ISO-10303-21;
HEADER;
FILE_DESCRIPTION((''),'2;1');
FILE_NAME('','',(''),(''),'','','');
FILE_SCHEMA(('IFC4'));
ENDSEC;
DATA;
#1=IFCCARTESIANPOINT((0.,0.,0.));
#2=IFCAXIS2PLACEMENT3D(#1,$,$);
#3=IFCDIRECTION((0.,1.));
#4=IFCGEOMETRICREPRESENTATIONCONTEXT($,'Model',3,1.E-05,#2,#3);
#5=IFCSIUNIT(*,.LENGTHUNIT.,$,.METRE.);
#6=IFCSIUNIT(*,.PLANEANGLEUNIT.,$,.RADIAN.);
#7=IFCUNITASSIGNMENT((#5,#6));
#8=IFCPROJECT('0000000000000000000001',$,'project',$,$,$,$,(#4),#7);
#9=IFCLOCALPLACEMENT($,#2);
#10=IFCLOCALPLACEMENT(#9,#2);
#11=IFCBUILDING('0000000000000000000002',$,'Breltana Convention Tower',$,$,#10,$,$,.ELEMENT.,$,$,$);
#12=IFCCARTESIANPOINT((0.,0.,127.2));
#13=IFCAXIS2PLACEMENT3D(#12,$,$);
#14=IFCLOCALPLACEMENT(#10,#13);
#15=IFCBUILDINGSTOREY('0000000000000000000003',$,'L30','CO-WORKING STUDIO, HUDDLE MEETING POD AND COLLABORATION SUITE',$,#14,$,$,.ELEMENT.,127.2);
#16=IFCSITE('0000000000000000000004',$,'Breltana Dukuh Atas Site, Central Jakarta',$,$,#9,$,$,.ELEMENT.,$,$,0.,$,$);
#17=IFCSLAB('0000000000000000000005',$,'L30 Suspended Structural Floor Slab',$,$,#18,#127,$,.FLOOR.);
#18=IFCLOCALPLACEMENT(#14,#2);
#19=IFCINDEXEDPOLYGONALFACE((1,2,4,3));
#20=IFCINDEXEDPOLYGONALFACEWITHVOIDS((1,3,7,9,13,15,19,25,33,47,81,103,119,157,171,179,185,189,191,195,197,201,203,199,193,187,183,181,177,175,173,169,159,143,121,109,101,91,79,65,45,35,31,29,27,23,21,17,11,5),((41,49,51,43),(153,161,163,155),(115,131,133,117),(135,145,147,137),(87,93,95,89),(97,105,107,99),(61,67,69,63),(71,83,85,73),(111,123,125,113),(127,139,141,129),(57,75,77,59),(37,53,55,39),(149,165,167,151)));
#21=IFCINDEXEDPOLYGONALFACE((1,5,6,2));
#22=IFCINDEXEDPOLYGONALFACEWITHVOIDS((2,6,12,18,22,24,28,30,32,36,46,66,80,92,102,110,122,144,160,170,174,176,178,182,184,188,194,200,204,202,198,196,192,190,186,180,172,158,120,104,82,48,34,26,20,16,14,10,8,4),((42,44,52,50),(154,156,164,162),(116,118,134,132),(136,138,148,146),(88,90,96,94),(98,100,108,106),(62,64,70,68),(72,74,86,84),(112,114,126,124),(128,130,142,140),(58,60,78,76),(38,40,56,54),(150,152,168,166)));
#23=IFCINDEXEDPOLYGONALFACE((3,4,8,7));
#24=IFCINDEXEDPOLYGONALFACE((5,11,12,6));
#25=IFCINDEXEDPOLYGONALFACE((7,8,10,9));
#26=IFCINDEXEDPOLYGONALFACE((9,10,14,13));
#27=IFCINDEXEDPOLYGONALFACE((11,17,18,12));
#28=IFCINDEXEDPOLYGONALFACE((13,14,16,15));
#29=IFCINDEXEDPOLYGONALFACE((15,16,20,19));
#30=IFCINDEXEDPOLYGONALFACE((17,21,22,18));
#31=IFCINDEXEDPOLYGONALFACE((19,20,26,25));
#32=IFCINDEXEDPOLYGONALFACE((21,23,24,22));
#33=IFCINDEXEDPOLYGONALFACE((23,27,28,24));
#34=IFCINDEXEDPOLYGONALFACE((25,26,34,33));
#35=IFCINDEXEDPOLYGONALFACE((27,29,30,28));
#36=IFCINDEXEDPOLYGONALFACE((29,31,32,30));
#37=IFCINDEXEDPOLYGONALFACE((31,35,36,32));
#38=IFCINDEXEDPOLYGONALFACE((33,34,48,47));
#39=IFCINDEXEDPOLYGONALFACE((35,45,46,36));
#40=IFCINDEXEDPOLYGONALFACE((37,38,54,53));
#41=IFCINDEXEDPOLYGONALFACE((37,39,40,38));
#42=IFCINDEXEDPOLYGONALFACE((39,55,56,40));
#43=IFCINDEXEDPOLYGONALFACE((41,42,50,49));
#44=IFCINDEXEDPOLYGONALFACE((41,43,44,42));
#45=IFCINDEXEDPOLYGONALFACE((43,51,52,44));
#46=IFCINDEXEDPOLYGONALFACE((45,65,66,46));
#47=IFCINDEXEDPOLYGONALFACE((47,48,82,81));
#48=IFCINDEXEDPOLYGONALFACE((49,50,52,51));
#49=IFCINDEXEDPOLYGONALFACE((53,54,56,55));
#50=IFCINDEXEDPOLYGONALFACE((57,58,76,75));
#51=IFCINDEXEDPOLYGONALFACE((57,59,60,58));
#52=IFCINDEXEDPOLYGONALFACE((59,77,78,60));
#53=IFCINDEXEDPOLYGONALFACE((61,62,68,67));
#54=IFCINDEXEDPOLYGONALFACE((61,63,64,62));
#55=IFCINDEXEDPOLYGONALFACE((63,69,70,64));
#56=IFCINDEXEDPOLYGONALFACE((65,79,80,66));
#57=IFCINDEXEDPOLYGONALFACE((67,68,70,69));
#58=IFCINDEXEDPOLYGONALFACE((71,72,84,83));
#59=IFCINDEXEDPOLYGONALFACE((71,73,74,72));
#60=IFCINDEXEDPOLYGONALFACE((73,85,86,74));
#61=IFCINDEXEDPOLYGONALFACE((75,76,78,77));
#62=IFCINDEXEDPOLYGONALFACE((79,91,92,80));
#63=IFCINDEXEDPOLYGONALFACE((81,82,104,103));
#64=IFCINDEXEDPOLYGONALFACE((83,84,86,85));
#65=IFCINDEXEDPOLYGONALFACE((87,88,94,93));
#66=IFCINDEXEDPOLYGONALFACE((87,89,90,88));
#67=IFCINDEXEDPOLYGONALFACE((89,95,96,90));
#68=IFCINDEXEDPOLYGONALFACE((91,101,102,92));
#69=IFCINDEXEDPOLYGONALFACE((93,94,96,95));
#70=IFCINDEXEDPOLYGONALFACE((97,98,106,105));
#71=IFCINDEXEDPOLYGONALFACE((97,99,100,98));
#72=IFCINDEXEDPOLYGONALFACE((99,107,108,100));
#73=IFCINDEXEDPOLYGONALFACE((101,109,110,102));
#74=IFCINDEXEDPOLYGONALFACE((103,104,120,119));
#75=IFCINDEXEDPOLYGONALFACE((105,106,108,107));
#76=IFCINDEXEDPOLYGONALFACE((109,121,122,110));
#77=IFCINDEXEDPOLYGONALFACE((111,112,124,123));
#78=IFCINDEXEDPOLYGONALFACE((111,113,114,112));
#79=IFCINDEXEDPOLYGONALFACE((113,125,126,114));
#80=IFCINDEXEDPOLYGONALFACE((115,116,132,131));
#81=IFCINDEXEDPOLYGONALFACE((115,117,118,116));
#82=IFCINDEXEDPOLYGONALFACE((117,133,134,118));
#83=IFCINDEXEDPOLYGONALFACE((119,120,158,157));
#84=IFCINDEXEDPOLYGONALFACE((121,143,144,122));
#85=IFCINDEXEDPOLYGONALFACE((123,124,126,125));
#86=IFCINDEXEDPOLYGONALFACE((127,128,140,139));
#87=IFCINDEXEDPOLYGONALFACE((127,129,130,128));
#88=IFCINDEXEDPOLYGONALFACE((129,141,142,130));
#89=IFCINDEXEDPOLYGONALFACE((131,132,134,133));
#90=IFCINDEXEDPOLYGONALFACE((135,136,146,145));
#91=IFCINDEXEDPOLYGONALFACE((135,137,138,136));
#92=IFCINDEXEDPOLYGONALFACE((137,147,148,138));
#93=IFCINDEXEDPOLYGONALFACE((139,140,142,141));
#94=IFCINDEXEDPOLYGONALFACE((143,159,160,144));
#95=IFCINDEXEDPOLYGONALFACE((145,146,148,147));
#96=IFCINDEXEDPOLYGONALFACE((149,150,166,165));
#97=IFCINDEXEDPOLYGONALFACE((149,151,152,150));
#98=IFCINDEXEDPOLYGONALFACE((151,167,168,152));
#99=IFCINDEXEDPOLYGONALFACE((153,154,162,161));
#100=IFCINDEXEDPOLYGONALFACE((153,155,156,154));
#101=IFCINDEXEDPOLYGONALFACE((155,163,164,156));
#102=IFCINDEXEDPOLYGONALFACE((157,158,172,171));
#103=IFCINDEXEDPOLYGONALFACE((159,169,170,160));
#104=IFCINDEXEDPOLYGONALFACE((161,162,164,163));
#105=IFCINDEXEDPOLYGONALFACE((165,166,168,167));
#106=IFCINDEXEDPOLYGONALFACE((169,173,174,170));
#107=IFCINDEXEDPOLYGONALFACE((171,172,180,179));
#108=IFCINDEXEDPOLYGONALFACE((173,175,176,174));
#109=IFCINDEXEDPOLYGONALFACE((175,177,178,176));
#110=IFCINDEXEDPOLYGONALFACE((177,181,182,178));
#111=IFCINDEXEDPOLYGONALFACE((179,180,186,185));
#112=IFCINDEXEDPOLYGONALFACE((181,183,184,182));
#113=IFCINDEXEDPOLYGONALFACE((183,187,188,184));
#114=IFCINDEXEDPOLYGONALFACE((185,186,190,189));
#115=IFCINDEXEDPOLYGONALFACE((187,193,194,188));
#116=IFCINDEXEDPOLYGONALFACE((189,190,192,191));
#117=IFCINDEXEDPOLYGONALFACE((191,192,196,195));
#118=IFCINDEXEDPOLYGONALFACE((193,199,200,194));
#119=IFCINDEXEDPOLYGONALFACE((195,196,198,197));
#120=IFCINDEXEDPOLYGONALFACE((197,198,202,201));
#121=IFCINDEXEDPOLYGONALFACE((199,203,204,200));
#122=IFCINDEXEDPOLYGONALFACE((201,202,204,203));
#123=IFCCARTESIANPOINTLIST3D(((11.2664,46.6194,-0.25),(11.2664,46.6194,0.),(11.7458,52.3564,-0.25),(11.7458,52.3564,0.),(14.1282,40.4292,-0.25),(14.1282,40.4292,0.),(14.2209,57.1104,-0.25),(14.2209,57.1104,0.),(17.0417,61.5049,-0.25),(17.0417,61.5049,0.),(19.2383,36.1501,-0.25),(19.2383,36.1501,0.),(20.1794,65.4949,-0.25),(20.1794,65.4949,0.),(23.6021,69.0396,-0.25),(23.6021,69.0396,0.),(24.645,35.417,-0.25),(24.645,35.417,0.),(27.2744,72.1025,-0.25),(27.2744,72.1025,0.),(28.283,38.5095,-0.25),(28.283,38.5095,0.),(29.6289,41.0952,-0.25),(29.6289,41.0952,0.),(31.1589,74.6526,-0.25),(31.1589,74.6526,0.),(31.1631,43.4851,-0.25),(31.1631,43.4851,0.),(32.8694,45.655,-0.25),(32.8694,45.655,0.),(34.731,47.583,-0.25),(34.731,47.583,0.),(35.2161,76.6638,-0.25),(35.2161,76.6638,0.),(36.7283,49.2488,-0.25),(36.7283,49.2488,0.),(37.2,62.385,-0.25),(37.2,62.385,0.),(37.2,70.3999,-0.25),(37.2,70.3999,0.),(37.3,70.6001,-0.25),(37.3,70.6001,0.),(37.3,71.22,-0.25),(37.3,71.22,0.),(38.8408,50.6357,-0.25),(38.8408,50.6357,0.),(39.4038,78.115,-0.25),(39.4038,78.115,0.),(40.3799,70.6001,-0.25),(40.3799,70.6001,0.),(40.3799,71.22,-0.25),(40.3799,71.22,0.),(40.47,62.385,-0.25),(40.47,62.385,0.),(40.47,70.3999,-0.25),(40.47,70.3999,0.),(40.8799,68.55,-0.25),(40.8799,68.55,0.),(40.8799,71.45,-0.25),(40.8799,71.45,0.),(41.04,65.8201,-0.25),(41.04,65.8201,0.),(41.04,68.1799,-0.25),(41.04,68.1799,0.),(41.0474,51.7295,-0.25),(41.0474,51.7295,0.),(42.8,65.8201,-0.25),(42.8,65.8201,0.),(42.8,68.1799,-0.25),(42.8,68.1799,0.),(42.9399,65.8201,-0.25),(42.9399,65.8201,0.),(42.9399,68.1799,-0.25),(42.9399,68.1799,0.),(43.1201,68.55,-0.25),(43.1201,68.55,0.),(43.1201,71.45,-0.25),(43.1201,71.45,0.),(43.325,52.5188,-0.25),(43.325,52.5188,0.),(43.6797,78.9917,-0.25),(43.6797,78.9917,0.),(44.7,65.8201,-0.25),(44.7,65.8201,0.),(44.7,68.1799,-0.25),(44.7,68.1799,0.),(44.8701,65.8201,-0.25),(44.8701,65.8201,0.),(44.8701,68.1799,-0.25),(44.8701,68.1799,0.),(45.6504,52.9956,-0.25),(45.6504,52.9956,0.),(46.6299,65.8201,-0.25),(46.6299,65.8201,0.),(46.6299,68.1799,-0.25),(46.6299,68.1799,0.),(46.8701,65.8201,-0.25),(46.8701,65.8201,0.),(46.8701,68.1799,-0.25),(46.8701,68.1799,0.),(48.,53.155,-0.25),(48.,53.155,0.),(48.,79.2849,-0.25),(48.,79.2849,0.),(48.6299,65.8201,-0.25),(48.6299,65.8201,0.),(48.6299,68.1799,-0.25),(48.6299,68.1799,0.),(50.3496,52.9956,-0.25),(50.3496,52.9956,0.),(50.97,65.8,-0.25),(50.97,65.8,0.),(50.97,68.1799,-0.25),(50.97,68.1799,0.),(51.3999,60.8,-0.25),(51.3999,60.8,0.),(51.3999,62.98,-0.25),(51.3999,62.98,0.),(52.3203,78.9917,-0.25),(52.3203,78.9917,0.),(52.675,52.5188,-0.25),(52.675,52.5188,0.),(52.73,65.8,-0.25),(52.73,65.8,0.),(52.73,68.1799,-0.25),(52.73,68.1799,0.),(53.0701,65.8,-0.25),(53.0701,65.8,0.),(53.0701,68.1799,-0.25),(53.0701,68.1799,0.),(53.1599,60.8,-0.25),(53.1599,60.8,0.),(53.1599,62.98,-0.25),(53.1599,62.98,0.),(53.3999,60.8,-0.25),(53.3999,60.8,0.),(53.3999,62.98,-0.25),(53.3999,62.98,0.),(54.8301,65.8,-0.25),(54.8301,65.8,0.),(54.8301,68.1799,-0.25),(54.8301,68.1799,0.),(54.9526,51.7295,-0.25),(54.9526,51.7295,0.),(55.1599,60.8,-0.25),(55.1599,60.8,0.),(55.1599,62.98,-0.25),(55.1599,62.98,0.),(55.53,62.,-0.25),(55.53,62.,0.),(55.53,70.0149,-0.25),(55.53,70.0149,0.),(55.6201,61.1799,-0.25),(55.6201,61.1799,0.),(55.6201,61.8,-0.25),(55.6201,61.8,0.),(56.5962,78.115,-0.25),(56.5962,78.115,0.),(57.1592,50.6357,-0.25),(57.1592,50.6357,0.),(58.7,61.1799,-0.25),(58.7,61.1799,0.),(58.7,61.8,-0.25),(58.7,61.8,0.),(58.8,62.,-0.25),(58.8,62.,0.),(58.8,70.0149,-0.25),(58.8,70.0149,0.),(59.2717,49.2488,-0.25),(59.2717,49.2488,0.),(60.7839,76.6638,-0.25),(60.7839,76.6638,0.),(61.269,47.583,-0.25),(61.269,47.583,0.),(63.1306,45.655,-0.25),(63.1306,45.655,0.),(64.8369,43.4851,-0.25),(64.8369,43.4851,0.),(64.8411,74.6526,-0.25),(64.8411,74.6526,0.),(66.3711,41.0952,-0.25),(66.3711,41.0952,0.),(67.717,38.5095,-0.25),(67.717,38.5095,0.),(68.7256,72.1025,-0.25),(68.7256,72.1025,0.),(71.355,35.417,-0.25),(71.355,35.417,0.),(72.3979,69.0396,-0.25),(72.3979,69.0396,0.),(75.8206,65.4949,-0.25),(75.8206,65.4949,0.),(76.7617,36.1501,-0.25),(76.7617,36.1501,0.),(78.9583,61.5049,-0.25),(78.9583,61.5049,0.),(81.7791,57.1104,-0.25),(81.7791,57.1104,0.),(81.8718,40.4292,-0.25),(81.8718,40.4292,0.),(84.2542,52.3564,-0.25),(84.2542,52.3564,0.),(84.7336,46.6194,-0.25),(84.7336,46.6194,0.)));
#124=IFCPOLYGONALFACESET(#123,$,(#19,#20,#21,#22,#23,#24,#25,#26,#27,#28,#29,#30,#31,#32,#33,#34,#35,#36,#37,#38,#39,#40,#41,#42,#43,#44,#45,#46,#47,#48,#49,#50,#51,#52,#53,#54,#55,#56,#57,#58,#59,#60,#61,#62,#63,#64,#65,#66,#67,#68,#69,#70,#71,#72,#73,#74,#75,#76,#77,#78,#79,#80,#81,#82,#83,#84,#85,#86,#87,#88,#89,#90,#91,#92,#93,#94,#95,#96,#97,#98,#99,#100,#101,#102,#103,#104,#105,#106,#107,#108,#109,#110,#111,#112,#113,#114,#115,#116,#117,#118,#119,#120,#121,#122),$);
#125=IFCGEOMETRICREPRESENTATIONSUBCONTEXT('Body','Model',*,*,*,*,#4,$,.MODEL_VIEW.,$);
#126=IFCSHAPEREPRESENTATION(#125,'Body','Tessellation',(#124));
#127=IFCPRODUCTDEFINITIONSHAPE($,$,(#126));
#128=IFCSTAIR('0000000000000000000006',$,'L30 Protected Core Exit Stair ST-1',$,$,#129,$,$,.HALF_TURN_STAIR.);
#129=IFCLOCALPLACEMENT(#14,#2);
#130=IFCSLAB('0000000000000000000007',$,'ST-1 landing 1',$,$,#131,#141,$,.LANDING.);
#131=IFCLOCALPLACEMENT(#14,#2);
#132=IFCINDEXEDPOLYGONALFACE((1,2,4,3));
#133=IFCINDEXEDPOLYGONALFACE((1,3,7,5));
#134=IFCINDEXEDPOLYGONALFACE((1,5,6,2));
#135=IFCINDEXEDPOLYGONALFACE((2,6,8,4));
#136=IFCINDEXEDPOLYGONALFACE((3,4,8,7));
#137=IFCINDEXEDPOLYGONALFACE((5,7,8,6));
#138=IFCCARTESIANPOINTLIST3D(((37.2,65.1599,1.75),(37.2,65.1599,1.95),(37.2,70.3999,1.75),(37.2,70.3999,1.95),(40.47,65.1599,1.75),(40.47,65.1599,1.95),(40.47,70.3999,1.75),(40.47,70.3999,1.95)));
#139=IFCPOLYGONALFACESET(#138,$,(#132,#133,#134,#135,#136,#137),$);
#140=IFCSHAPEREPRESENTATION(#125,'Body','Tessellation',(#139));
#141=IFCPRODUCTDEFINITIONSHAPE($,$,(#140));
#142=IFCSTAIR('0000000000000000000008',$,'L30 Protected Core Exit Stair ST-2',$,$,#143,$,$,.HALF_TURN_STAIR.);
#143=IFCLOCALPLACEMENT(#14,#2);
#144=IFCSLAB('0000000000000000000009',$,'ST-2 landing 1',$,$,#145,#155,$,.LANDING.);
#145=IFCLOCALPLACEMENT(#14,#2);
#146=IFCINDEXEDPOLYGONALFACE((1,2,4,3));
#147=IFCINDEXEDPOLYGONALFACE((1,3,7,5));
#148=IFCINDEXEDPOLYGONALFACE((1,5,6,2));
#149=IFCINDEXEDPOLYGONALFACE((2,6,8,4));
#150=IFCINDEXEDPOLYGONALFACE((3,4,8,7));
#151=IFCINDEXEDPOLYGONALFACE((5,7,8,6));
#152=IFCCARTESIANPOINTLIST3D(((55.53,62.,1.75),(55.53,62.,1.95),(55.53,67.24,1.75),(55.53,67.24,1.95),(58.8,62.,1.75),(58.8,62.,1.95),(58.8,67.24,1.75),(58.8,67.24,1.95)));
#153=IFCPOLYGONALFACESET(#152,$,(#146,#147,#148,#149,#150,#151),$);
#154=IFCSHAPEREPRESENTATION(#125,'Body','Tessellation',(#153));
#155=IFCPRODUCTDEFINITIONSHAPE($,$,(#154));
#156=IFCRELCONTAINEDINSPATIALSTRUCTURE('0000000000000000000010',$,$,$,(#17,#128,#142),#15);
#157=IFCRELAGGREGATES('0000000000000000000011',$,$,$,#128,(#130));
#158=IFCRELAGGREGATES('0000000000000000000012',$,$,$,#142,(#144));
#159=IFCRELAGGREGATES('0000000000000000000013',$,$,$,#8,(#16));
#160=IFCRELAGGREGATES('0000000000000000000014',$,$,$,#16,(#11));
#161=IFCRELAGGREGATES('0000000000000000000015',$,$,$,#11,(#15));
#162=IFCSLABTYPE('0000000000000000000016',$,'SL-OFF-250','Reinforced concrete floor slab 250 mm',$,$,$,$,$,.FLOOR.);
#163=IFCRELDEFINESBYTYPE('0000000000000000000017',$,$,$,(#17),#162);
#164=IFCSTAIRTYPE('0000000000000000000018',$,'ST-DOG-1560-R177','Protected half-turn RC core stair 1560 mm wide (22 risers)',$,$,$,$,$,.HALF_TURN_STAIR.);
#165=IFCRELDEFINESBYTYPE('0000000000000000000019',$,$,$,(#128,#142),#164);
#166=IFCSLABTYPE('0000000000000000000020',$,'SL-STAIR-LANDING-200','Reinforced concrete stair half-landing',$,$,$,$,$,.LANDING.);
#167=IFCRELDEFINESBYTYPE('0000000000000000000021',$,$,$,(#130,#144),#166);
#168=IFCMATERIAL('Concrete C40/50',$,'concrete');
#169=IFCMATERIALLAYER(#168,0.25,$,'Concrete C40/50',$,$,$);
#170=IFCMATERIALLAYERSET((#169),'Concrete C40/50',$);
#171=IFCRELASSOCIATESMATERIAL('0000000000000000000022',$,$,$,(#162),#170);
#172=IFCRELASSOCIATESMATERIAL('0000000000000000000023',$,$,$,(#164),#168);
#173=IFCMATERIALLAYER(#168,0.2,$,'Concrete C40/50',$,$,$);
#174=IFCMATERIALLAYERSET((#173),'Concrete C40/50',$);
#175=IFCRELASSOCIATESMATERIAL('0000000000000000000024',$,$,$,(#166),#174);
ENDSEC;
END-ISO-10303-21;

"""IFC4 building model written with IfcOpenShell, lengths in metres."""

from ifc_helpers import new_model, si_unit, direction, frame, origin, place, context, subcontext, project, spatial, polyline, outline, extrude, material, layer, layer_set, type_object, element, aggregate, save


model = new_model("IFC4")

# Units and contexts
model_context = context("Model", 3, precision=1e-05, world=origin(), true_north=direction((0.0, 1.0)))
body_context = subcontext(model_context, "Body", "Model", "MODEL_VIEW")
ifc_project = project(units=[si_unit("LENGTHUNIT", "METRE"), si_unit("PLANEANGLEUNIT", "RADIAN")], contexts=[model_context])

# Site, building, storey
site_placement = place(None, origin())
site = spatial("IfcSite", under=ifc_project, at=site_placement, Name="Breltana Dukuh Atas Site, Central Jakarta", CompositionType="ELEMENT", RefElevation=0.0)
building_placement = place(site_placement, origin())
building = spatial("IfcBuilding", under=site, at=building_placement, Name="Breltana Convention Tower", CompositionType="ELEMENT")
storey_placement = place(building_placement, frame((0.0, 0.0, 127.2)))
storey = spatial("IfcBuildingStorey", under=building, at=storey_placement, Name="L30", Description="CO-WORKING STUDIO, HUDDLE MEETING POD AND COLLABORATION SUITE", CompositionType="ELEMENT", Elevation=127.2)

# Slab
ifc_material_1 = material(Name="Concrete C40/50", Category="concrete")
ifc_layer_1 = layer(ifc_material_1, 0.25, Name="Concrete C40/50")
ifc_layer_set_1 = layer_set([ifc_layer_1], Name="Concrete C40/50")
slab_type_1 = type_object("IfcSlabType", Name="SL-OFF-250", Description="Reinforced concrete floor slab 250 mm", PredefinedType="FLOOR", material=ifc_layer_set_1)
slab_1_placement = place(storey_placement, frame((0.0, 0.0, -0.25)))
element("IfcSlab", 1, at=slab_1_placement, inside=storey, type_object=slab_type_1, Name="L30 Suspended Structural Floor Slab", PredefinedType="FLOOR", context=body_context, shape_type="SweptSolid", body=[
    extrude(outline(polyline([(84.2542, 52.3564), (81.7791, 57.1104), (78.9583, 61.5049), (75.8206, 65.4949), (72.3979, 69.0396), (68.7256, 72.1025), (64.8411, 74.6526), (60.7839, 76.6638), (56.5962, 78.115), (52.3203, 78.9917), (48.0, 79.2849), (43.6797, 78.9917), (39.4038, 78.115), (35.2161, 76.6638), (31.1589, 74.6526), (27.2744, 72.1025), (23.6021, 69.0396), (20.1794, 65.4949), (17.0417, 61.5049), (14.2209, 57.1104), (11.7458, 52.3564), (11.2664, 46.6194), (14.1282, 40.4292), (19.2383, 36.1501), (24.645, 35.417), (28.283, 38.5095), (29.6289, 41.0952), (31.1631, 43.4851), (32.8694, 45.655), (34.731, 47.583), (36.7283, 49.2488), (38.8408, 50.6357), (41.0474, 51.7295), (43.325, 52.5188), (45.6504, 52.9956), (48.0, 53.155), (50.3496, 52.9956), (52.675, 52.5188), (54.9526, 51.7295), (57.1592, 50.6357), (59.2717, 49.2488), (61.269, 47.583), (63.1306, 45.655), (64.8369, 43.4851), (66.3711, 41.0952), (67.717, 38.5095), (71.355, 35.417), (76.7617, 36.1501), (81.8718, 40.4292), (84.7336, 46.6194), (84.2542, 52.3564)]), holes=[polyline([(37.2, 62.385), (40.47, 62.385), (40.47, 70.3999), (37.2, 70.3999), (37.2, 62.385)]), polyline([(55.53, 62.0), (58.8, 62.0), (58.8, 70.0149), (55.53, 70.0149), (55.53, 62.0)]), polyline([(51.3999, 60.8), (53.1599, 60.8), (53.1599, 62.98), (51.3999, 62.98), (51.3999, 60.8)]), polyline([(53.3999, 60.8), (55.1599, 60.8), (55.1599, 62.98), (53.3999, 62.98), (53.3999, 60.8)]), polyline([(41.04, 65.8201), (42.8, 65.8201), (42.8, 68.1799), (41.04, 68.1799), (41.04, 65.8201)]), polyline([(42.9399, 65.8201), (44.7, 65.8201), (44.7, 68.1799), (42.9399, 68.1799), (42.9399, 65.8201)]), polyline([(44.8701, 65.8201), (46.6299, 65.8201), (46.6299, 68.1799), (44.8701, 68.1799), (44.8701, 65.8201)]), polyline([(46.8701, 65.8201), (48.6299, 65.8201), (48.6299, 68.1799), (46.8701, 68.1799), (46.8701, 65.8201)]), polyline([(50.97, 65.8), (52.73, 65.8), (52.73, 68.1799), (50.97, 68.1799), (50.97, 65.8)]), polyline([(53.0701, 65.8), (54.8301, 65.8), (54.8301, 68.1799), (53.0701, 68.1799), (53.0701, 65.8)]), polyline([(40.8799, 68.55), (43.1201, 68.55), (43.1201, 71.45), (40.8799, 71.45), (40.8799, 68.55)]), polyline([(37.3, 70.6001), (40.3799, 70.6001), (40.3799, 71.22), (37.3, 71.22), (37.3, 70.6001)]), polyline([(55.6201, 61.1799), (58.7, 61.1799), (58.7, 61.8), (55.6201, 61.8), (55.6201, 61.1799)])]), origin(), (0.0, 0.0, 1.0), 0.25),
])

# Stairs, slabs
stair_type = type_object("IfcStairType", Name="ST-DOG-1560-R177", Description="Protected half-turn RC core stair 1560 mm wide (22 risers)", PredefinedType="HALF_TURN_STAIR", material=ifc_material_1)
stair_1_placement = place(storey_placement, origin())
stair_1 = element("IfcStair", 2, at=stair_1_placement, inside=storey, type_object=stair_type, Name="L30 Protected Core Exit Stair ST-1", PredefinedType="HALF_TURN_STAIR")
ifc_layer_2 = layer(ifc_material_1, 0.2, Name="Concrete C40/50")
ifc_layer_set_2 = layer_set([ifc_layer_2], Name="Concrete C40/50")
slab_type_2 = type_object("IfcSlabType", Name="SL-STAIR-LANDING-200", Description="Reinforced concrete stair half-landing", PredefinedType="LANDING", material=ifc_layer_set_2)
slab_2_placement = place(storey_placement, frame((0.0, 0.0, 1.75)))
slab_2 = element("IfcSlab", 3, at=slab_2_placement, type_object=slab_type_2, Name="ST-1 landing 1", PredefinedType="LANDING", context=body_context, shape_type="SweptSolid", body=[
    extrude(outline(polyline([(40.47, 65.1599), (40.47, 70.3999), (37.2, 70.3999), (37.2, 65.1599), (40.47, 65.1599)])), origin(), (0.0, 0.0, 1.0), 0.2),
])
aggregate(stair_1, [slab_2])
stair_2_placement = place(storey_placement, origin())
stair_2 = element("IfcStair", 4, at=stair_2_placement, inside=storey, type_object=stair_type, Name="L30 Protected Core Exit Stair ST-2", PredefinedType="HALF_TURN_STAIR")
slab_3_placement = place(storey_placement, frame((0.0, 0.0, 1.75)))
slab_3 = element("IfcSlab", 5, at=slab_3_placement, type_object=slab_type_2, Name="ST-2 landing 1", PredefinedType="LANDING", context=body_context, shape_type="SweptSolid", body=[
    extrude(outline(polyline([(55.53, 67.24), (55.53, 62.0), (58.8, 62.0), (58.8, 67.24), (55.53, 67.24)])), origin(), (0.0, 0.0, 1.0), 0.2),
])
aggregate(stair_2, [slab_3])

save(model, "model.ifc")
